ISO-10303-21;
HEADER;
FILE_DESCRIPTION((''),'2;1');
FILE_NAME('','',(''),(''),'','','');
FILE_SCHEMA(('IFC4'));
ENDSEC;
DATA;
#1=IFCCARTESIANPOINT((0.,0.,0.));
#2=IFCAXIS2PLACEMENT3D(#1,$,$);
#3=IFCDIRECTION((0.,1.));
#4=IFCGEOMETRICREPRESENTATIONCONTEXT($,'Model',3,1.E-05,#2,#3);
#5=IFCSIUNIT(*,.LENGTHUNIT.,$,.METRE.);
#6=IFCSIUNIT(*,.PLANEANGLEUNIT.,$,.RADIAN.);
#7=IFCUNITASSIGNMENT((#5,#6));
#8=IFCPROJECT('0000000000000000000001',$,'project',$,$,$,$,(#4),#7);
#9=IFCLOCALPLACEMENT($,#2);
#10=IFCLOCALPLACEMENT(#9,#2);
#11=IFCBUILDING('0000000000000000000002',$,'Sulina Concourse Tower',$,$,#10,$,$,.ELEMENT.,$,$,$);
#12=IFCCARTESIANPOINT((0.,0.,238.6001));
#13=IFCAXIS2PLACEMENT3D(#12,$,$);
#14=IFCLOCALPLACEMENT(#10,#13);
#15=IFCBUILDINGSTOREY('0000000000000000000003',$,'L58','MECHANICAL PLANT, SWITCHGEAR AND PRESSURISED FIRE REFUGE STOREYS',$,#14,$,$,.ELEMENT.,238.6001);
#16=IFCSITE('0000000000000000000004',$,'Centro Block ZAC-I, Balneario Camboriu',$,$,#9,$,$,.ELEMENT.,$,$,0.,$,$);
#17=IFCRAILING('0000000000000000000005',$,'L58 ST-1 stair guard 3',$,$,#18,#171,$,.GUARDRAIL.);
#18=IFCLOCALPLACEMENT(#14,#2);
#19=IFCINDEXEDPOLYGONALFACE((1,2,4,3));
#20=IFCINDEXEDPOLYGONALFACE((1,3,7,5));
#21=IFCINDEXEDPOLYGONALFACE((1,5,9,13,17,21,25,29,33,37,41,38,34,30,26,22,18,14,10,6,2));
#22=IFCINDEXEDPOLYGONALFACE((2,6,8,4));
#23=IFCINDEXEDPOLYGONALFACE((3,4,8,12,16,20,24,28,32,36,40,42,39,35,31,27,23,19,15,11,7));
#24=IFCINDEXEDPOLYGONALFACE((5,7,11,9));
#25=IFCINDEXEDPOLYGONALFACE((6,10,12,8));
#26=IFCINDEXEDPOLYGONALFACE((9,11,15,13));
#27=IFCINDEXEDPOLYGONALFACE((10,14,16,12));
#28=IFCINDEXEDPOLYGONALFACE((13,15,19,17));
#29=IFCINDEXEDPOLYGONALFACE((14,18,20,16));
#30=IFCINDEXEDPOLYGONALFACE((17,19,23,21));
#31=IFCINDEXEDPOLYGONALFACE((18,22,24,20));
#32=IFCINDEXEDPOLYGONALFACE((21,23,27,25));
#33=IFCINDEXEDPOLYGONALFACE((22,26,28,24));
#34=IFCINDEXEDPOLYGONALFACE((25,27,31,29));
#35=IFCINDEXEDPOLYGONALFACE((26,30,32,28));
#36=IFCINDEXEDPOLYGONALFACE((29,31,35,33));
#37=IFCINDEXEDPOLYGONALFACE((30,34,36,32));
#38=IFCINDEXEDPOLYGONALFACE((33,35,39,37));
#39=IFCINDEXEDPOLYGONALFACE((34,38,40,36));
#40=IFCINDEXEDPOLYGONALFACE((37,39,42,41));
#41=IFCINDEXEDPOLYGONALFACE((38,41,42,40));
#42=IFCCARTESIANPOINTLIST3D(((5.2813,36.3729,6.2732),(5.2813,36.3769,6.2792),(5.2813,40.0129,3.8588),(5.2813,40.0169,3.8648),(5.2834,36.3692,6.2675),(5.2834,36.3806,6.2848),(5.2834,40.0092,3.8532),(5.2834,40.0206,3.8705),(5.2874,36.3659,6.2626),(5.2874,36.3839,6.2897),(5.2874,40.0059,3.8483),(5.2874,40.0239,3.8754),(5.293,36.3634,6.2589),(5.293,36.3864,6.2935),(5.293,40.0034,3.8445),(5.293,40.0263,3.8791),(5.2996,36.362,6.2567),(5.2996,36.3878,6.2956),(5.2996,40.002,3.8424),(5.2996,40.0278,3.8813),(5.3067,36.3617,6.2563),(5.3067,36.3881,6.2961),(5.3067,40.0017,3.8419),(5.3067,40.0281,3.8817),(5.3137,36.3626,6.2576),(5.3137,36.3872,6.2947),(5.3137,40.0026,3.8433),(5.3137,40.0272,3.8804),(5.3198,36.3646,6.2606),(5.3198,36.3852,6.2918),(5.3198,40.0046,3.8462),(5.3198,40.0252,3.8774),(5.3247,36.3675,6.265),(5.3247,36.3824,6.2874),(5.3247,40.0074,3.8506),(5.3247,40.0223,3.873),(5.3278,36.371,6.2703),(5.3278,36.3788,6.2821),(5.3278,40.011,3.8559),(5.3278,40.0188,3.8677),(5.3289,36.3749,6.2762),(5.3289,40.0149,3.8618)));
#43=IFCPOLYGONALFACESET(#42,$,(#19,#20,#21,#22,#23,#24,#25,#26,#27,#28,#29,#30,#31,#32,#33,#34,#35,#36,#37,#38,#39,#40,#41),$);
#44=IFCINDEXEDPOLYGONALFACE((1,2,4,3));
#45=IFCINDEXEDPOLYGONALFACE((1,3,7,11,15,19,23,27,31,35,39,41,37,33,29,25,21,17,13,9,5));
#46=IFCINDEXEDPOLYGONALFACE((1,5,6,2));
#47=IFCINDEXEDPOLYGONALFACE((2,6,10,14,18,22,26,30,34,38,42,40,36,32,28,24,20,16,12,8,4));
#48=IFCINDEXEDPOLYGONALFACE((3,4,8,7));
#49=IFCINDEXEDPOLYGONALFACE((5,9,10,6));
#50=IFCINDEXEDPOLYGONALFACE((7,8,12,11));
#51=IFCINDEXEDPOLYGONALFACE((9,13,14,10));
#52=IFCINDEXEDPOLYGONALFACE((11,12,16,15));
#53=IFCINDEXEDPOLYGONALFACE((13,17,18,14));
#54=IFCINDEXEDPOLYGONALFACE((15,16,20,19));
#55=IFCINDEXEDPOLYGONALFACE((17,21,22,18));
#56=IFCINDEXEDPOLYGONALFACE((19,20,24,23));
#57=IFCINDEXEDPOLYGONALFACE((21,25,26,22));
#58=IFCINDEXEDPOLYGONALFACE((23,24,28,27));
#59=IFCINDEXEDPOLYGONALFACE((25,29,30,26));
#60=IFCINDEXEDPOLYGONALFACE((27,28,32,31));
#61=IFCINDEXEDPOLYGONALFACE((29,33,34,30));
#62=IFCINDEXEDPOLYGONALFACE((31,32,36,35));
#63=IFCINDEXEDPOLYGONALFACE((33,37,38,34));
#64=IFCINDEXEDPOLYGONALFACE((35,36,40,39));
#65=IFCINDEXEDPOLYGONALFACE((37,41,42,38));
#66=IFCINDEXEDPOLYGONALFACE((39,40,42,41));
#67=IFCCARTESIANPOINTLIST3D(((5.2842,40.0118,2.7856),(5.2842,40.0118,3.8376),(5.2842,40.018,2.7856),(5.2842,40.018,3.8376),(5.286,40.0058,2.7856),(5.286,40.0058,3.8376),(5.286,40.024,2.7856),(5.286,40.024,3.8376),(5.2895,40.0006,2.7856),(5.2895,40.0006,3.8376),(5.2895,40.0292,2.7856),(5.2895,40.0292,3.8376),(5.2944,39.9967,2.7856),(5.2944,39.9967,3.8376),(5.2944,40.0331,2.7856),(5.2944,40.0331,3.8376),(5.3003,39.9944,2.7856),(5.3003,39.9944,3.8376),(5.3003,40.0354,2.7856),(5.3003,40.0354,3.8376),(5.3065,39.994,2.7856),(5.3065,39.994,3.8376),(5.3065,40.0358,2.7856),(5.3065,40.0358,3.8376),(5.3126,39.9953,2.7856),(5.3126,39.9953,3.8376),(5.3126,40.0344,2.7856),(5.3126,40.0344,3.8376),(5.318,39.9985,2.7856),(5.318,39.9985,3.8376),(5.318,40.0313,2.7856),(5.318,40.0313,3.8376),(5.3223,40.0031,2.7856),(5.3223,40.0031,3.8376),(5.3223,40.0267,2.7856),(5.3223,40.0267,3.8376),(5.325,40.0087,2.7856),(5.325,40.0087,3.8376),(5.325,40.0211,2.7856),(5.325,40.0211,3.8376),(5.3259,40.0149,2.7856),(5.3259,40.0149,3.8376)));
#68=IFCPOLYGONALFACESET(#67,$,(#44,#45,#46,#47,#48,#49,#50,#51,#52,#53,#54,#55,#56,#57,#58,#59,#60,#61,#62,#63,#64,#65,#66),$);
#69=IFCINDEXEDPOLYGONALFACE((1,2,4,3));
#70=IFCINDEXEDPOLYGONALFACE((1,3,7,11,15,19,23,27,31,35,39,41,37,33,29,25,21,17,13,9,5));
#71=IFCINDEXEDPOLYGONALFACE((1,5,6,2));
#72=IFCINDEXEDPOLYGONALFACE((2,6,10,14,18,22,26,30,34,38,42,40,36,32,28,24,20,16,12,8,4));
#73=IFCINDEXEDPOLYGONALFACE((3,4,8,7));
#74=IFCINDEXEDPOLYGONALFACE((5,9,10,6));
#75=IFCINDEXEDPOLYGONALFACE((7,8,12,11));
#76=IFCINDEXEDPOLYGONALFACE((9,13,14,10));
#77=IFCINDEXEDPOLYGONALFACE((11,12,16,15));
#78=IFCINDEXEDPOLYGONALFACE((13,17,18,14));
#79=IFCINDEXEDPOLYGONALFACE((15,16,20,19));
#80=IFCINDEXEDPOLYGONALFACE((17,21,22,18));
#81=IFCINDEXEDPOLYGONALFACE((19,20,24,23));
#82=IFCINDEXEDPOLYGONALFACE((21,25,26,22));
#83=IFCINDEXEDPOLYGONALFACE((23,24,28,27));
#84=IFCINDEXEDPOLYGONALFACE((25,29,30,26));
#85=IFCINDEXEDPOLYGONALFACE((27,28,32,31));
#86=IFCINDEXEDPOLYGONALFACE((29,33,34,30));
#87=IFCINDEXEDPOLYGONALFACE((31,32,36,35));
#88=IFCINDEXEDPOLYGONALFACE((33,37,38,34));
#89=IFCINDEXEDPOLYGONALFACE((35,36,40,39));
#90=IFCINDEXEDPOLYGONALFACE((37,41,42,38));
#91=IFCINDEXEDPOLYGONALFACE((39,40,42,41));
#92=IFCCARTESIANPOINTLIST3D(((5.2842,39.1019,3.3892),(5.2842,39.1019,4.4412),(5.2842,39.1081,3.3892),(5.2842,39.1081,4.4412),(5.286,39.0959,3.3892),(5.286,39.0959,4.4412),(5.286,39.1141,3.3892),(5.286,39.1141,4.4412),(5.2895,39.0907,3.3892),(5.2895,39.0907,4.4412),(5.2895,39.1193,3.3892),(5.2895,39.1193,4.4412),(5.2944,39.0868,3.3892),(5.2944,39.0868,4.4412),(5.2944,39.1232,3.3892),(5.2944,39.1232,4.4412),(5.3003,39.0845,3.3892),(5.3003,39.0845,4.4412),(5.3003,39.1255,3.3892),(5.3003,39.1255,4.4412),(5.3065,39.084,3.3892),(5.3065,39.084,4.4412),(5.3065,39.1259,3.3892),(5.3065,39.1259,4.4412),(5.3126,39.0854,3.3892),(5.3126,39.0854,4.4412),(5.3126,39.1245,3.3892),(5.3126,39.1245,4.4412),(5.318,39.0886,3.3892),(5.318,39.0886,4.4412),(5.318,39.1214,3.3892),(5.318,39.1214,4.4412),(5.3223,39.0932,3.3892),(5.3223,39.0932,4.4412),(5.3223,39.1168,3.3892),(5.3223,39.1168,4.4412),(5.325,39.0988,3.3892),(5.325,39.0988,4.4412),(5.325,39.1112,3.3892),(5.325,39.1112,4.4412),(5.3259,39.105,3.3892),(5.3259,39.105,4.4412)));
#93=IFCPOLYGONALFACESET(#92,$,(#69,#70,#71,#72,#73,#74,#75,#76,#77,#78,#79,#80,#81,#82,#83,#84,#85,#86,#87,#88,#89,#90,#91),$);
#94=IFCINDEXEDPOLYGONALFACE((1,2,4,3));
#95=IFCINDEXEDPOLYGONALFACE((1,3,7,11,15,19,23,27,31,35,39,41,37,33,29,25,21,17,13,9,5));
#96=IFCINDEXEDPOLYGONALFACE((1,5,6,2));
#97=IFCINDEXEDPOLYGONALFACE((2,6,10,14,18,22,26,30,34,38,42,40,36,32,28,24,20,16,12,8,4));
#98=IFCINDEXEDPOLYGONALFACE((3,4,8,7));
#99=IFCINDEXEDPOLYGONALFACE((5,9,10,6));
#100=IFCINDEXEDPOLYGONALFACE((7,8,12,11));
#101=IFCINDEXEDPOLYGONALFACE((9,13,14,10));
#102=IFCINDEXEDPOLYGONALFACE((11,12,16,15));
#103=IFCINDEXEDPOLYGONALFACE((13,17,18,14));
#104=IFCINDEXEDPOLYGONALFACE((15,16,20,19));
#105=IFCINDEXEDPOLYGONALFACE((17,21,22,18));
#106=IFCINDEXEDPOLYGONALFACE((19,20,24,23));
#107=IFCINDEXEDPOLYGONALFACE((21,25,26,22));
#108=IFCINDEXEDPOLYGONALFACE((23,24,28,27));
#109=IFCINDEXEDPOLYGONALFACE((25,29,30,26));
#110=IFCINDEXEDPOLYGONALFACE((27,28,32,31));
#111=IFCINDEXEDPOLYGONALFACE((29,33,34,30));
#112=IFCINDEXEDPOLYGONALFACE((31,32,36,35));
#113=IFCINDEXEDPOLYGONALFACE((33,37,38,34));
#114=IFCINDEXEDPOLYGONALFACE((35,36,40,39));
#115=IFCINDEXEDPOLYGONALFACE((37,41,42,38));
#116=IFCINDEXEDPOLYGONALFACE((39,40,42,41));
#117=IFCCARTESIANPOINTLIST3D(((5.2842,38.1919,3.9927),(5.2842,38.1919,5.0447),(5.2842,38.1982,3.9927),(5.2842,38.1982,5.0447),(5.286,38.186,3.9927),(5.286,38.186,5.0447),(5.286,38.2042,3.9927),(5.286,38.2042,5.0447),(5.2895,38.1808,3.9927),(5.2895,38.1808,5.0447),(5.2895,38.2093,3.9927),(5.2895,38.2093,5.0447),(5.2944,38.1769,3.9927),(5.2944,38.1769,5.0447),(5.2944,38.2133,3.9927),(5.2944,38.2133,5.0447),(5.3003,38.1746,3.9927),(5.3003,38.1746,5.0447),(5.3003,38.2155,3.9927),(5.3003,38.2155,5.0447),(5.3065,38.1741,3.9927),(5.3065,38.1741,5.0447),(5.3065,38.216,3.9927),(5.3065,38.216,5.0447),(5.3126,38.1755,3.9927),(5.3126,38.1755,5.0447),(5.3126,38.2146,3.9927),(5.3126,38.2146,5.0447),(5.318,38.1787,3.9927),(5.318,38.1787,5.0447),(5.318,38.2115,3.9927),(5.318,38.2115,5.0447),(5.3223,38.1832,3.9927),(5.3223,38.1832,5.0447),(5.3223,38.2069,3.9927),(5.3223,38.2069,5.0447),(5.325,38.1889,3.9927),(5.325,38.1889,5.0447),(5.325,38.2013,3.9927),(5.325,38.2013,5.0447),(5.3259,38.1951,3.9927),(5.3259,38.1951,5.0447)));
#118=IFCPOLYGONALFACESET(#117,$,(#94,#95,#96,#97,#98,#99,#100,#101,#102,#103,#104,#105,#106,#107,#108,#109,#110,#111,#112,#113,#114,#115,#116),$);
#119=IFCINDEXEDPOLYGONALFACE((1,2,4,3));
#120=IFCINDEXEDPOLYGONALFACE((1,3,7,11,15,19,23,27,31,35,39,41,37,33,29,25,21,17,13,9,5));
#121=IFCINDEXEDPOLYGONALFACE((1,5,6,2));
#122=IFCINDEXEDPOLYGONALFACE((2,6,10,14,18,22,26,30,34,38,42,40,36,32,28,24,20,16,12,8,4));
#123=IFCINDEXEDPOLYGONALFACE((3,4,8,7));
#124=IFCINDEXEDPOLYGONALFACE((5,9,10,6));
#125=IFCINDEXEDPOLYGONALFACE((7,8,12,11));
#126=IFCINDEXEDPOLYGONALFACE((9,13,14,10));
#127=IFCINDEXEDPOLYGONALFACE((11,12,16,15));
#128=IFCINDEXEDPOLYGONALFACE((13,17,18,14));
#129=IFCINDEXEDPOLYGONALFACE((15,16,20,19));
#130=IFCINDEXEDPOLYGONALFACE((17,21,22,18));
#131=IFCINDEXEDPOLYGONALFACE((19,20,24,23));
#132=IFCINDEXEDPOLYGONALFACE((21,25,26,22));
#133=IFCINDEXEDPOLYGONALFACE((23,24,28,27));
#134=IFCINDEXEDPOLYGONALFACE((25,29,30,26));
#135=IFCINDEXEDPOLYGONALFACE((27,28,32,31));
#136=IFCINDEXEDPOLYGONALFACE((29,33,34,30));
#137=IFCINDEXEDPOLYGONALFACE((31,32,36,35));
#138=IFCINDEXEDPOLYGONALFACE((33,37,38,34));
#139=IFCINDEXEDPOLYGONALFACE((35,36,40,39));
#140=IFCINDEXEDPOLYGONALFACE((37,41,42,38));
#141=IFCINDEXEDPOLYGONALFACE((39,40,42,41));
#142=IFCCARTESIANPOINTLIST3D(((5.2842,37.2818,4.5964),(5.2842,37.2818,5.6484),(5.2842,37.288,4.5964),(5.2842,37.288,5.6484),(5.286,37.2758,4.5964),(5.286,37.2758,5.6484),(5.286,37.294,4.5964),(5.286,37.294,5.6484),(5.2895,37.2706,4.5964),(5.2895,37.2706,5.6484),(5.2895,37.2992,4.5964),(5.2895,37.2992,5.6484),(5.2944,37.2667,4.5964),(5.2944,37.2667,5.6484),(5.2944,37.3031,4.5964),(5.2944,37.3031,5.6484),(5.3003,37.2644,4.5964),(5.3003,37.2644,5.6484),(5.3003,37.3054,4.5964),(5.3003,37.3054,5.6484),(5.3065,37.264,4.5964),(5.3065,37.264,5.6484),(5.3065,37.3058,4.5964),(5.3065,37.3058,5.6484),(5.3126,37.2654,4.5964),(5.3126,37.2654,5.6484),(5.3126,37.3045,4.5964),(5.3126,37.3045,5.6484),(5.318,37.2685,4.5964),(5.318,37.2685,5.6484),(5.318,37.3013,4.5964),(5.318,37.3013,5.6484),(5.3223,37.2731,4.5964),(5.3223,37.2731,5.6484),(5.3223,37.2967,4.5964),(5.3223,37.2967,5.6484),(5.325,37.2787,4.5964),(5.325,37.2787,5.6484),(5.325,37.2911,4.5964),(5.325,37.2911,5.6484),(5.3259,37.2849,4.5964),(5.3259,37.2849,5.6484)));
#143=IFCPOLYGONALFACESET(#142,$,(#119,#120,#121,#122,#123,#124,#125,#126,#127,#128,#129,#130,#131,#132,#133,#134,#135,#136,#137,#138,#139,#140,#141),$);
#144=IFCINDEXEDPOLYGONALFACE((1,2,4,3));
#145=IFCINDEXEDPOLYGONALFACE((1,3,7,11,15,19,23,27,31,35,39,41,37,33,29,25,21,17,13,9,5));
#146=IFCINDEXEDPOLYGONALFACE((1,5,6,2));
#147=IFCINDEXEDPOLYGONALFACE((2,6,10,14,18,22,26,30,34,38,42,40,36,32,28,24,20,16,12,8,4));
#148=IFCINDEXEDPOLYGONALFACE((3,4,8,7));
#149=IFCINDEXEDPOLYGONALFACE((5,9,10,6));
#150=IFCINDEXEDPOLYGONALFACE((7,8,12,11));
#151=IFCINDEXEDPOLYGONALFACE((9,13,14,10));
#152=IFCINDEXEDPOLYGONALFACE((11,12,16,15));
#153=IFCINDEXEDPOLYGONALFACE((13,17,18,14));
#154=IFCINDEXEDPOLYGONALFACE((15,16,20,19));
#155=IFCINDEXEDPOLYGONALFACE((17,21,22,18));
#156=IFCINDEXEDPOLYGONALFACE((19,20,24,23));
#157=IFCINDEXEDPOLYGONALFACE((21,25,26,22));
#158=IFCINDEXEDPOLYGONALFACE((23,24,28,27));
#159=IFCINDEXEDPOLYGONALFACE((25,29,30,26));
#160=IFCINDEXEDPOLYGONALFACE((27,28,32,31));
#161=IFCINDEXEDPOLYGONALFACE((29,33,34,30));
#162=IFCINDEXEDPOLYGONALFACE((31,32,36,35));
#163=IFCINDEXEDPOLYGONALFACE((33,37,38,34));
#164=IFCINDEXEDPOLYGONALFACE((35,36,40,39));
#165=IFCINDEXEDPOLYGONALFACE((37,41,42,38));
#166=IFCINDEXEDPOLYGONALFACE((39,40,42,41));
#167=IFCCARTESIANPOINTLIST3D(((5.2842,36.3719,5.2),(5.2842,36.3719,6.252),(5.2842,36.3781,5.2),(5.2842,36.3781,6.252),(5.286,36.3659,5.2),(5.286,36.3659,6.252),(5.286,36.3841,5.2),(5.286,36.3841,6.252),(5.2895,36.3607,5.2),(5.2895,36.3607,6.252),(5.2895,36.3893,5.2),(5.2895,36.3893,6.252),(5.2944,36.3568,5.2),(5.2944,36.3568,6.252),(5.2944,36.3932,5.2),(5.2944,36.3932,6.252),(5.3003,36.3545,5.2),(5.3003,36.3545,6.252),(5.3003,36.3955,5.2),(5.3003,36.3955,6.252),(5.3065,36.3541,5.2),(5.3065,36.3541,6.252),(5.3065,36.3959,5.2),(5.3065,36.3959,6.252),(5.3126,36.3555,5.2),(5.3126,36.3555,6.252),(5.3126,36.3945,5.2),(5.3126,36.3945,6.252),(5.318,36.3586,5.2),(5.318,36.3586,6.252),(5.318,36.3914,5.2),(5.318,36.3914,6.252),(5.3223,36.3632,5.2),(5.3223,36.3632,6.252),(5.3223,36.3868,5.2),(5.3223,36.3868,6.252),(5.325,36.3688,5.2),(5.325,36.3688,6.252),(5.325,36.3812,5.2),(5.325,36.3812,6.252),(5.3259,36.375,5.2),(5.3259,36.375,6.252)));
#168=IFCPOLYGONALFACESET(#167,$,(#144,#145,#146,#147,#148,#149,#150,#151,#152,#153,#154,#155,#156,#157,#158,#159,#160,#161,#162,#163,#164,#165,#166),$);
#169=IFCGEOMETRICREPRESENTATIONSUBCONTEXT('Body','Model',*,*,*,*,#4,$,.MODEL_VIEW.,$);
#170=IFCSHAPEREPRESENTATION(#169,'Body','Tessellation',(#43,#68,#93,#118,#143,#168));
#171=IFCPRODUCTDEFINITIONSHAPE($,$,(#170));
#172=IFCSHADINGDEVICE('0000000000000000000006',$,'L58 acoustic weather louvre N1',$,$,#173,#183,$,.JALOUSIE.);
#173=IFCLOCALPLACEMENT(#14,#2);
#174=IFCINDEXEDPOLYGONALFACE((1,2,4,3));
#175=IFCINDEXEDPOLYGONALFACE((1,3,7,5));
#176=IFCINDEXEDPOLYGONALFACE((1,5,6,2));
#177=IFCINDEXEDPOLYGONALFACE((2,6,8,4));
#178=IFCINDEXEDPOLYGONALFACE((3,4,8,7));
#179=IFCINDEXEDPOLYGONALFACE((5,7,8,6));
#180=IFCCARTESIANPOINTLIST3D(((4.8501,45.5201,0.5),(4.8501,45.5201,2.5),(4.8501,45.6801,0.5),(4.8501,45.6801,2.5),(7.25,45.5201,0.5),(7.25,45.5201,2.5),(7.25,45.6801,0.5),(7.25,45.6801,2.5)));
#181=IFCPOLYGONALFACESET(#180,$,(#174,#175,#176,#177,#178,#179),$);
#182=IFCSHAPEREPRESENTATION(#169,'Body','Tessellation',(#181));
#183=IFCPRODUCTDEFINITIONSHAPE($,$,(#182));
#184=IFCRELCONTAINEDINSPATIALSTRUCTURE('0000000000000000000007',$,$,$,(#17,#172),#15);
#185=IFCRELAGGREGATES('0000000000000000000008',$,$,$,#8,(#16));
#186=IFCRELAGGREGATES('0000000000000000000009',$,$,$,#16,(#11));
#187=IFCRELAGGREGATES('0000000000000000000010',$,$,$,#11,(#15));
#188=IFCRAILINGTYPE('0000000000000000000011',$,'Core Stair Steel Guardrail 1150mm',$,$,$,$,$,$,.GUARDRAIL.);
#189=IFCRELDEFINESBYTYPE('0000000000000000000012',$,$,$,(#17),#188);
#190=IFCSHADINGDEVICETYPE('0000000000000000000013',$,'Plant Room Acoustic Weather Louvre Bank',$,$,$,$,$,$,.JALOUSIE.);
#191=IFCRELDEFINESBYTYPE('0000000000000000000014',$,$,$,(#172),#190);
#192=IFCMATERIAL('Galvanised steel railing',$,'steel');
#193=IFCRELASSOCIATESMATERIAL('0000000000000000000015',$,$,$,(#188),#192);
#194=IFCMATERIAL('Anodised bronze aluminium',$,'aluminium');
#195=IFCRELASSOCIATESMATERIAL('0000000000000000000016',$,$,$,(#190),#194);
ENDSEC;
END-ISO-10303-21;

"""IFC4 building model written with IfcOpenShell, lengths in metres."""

from ifc_helpers import new_model, si_unit, direction, frame, origin, origin_2d, place, context, subcontext, project, spatial, rectangle, circle, extrude, material, type_object, element, save


model = new_model("IFC4")

# Units and contexts
model_context = context("Model", 3, precision=1e-05, world=origin(), true_north=direction((0.0, 1.0)))
body_context = subcontext(model_context, "Body", "Model", "MODEL_VIEW")
ifc_project = project(units=[si_unit("LENGTHUNIT", "METRE"), si_unit("PLANEANGLEUNIT", "RADIAN")], contexts=[model_context])

# Site, building, storey
site_placement = place(None, origin())
site = spatial("IfcSite", under=ifc_project, at=site_placement, Name="Centro Block ZAC-I, Balneario Camboriu", CompositionType="ELEMENT", RefElevation=0.0)
building_placement = place(site_placement, origin())
building = spatial("IfcBuilding", under=site, at=building_placement, Name="Sulina Concourse Tower", CompositionType="ELEMENT")
storey_placement = place(building_placement, frame((0.0, 0.0, 238.6001)))
storey = spatial("IfcBuildingStorey", under=building, at=storey_placement, Name="L58", Description="MECHANICAL PLANT, SWITCHGEAR AND PRESSURISED FIRE REFUGE STOREYS", CompositionType="ELEMENT", Elevation=238.6001)

# Railing
ifc_material_1 = material(Name="Galvanised steel railing", Category="steel")
railing_type_1 = type_object("IfcRailingType", Name="Core Stair Steel Guardrail 1150mm", PredefinedType="GUARDRAIL", material=ifc_material_1)
railing_1_placement = place(storey_placement, frame((5.3049, 40.0149, 2.7856)))
element("IfcRailing", 1, at=railing_1_placement, inside=storey, type_object=railing_type_1, Name="L58 ST-1 stair guard 3", PredefinedType="GUARDRAIL", context=body_context, shape_type="SweptSolid", body=[
    extrude(circle(Radius=0.0239, at=origin_2d()), frame((0.0, 0.0, 1.0762), z_axis=(0.0, -0.833347, 0.552751), x_axis=(1.0, 0.0, 0.0)), (0.0, 0.0, 1.0), 4.3679),
    extrude(circle(Radius=0.021, at=origin_2d()), origin(), (0.0, 0.0, 1.0), 1.052),
    extrude(circle(Radius=0.021, at=origin_2d()), frame((0.0, -0.9099, 0.6035)), (0.0, 0.0, 1.0), 1.052),
    extrude(circle(Radius=0.021, at=origin_2d()), frame((0.0, -1.8198, 1.207)), (0.0, 0.0, 1.0), 1.052),
    extrude(circle(Radius=0.021, at=origin_2d()), frame((0.0, -2.73, 1.8108)), (0.0, 0.0, 1.0), 1.052),
    extrude(circle(Radius=0.021, at=origin_2d()), frame((0.0, -3.6399, 2.4143)), (0.0, 0.0, 1.0), 1.052),
])

# Shading device
ifc_material_2 = material(Name="Anodised bronze aluminium", Category="aluminium")
shading_device_type = type_object("IfcShadingDeviceType", Name="Plant Room Acoustic Weather Louvre Bank", PredefinedType="JALOUSIE", material=ifc_material_2)
shading_device_placement = place(storey_placement, frame((6.05, 45.6001, 0.5), z_axis=(0.0, 0.0, 1.0), x_axis=(1.0, 0.0, 0.0)))
element("IfcShadingDevice", 2, at=shading_device_placement, inside=storey, type_object=shading_device_type, Name="L58 acoustic weather louvre N1", PredefinedType="JALOUSIE", context=body_context, shape_type="SweptSolid", body=[
    extrude(rectangle(XDim=2.3999, YDim=0.1599, at=origin_2d()), origin(), (0.0, 0.0, 1.0), 2.0),
])

save(model, "model.ifc")
